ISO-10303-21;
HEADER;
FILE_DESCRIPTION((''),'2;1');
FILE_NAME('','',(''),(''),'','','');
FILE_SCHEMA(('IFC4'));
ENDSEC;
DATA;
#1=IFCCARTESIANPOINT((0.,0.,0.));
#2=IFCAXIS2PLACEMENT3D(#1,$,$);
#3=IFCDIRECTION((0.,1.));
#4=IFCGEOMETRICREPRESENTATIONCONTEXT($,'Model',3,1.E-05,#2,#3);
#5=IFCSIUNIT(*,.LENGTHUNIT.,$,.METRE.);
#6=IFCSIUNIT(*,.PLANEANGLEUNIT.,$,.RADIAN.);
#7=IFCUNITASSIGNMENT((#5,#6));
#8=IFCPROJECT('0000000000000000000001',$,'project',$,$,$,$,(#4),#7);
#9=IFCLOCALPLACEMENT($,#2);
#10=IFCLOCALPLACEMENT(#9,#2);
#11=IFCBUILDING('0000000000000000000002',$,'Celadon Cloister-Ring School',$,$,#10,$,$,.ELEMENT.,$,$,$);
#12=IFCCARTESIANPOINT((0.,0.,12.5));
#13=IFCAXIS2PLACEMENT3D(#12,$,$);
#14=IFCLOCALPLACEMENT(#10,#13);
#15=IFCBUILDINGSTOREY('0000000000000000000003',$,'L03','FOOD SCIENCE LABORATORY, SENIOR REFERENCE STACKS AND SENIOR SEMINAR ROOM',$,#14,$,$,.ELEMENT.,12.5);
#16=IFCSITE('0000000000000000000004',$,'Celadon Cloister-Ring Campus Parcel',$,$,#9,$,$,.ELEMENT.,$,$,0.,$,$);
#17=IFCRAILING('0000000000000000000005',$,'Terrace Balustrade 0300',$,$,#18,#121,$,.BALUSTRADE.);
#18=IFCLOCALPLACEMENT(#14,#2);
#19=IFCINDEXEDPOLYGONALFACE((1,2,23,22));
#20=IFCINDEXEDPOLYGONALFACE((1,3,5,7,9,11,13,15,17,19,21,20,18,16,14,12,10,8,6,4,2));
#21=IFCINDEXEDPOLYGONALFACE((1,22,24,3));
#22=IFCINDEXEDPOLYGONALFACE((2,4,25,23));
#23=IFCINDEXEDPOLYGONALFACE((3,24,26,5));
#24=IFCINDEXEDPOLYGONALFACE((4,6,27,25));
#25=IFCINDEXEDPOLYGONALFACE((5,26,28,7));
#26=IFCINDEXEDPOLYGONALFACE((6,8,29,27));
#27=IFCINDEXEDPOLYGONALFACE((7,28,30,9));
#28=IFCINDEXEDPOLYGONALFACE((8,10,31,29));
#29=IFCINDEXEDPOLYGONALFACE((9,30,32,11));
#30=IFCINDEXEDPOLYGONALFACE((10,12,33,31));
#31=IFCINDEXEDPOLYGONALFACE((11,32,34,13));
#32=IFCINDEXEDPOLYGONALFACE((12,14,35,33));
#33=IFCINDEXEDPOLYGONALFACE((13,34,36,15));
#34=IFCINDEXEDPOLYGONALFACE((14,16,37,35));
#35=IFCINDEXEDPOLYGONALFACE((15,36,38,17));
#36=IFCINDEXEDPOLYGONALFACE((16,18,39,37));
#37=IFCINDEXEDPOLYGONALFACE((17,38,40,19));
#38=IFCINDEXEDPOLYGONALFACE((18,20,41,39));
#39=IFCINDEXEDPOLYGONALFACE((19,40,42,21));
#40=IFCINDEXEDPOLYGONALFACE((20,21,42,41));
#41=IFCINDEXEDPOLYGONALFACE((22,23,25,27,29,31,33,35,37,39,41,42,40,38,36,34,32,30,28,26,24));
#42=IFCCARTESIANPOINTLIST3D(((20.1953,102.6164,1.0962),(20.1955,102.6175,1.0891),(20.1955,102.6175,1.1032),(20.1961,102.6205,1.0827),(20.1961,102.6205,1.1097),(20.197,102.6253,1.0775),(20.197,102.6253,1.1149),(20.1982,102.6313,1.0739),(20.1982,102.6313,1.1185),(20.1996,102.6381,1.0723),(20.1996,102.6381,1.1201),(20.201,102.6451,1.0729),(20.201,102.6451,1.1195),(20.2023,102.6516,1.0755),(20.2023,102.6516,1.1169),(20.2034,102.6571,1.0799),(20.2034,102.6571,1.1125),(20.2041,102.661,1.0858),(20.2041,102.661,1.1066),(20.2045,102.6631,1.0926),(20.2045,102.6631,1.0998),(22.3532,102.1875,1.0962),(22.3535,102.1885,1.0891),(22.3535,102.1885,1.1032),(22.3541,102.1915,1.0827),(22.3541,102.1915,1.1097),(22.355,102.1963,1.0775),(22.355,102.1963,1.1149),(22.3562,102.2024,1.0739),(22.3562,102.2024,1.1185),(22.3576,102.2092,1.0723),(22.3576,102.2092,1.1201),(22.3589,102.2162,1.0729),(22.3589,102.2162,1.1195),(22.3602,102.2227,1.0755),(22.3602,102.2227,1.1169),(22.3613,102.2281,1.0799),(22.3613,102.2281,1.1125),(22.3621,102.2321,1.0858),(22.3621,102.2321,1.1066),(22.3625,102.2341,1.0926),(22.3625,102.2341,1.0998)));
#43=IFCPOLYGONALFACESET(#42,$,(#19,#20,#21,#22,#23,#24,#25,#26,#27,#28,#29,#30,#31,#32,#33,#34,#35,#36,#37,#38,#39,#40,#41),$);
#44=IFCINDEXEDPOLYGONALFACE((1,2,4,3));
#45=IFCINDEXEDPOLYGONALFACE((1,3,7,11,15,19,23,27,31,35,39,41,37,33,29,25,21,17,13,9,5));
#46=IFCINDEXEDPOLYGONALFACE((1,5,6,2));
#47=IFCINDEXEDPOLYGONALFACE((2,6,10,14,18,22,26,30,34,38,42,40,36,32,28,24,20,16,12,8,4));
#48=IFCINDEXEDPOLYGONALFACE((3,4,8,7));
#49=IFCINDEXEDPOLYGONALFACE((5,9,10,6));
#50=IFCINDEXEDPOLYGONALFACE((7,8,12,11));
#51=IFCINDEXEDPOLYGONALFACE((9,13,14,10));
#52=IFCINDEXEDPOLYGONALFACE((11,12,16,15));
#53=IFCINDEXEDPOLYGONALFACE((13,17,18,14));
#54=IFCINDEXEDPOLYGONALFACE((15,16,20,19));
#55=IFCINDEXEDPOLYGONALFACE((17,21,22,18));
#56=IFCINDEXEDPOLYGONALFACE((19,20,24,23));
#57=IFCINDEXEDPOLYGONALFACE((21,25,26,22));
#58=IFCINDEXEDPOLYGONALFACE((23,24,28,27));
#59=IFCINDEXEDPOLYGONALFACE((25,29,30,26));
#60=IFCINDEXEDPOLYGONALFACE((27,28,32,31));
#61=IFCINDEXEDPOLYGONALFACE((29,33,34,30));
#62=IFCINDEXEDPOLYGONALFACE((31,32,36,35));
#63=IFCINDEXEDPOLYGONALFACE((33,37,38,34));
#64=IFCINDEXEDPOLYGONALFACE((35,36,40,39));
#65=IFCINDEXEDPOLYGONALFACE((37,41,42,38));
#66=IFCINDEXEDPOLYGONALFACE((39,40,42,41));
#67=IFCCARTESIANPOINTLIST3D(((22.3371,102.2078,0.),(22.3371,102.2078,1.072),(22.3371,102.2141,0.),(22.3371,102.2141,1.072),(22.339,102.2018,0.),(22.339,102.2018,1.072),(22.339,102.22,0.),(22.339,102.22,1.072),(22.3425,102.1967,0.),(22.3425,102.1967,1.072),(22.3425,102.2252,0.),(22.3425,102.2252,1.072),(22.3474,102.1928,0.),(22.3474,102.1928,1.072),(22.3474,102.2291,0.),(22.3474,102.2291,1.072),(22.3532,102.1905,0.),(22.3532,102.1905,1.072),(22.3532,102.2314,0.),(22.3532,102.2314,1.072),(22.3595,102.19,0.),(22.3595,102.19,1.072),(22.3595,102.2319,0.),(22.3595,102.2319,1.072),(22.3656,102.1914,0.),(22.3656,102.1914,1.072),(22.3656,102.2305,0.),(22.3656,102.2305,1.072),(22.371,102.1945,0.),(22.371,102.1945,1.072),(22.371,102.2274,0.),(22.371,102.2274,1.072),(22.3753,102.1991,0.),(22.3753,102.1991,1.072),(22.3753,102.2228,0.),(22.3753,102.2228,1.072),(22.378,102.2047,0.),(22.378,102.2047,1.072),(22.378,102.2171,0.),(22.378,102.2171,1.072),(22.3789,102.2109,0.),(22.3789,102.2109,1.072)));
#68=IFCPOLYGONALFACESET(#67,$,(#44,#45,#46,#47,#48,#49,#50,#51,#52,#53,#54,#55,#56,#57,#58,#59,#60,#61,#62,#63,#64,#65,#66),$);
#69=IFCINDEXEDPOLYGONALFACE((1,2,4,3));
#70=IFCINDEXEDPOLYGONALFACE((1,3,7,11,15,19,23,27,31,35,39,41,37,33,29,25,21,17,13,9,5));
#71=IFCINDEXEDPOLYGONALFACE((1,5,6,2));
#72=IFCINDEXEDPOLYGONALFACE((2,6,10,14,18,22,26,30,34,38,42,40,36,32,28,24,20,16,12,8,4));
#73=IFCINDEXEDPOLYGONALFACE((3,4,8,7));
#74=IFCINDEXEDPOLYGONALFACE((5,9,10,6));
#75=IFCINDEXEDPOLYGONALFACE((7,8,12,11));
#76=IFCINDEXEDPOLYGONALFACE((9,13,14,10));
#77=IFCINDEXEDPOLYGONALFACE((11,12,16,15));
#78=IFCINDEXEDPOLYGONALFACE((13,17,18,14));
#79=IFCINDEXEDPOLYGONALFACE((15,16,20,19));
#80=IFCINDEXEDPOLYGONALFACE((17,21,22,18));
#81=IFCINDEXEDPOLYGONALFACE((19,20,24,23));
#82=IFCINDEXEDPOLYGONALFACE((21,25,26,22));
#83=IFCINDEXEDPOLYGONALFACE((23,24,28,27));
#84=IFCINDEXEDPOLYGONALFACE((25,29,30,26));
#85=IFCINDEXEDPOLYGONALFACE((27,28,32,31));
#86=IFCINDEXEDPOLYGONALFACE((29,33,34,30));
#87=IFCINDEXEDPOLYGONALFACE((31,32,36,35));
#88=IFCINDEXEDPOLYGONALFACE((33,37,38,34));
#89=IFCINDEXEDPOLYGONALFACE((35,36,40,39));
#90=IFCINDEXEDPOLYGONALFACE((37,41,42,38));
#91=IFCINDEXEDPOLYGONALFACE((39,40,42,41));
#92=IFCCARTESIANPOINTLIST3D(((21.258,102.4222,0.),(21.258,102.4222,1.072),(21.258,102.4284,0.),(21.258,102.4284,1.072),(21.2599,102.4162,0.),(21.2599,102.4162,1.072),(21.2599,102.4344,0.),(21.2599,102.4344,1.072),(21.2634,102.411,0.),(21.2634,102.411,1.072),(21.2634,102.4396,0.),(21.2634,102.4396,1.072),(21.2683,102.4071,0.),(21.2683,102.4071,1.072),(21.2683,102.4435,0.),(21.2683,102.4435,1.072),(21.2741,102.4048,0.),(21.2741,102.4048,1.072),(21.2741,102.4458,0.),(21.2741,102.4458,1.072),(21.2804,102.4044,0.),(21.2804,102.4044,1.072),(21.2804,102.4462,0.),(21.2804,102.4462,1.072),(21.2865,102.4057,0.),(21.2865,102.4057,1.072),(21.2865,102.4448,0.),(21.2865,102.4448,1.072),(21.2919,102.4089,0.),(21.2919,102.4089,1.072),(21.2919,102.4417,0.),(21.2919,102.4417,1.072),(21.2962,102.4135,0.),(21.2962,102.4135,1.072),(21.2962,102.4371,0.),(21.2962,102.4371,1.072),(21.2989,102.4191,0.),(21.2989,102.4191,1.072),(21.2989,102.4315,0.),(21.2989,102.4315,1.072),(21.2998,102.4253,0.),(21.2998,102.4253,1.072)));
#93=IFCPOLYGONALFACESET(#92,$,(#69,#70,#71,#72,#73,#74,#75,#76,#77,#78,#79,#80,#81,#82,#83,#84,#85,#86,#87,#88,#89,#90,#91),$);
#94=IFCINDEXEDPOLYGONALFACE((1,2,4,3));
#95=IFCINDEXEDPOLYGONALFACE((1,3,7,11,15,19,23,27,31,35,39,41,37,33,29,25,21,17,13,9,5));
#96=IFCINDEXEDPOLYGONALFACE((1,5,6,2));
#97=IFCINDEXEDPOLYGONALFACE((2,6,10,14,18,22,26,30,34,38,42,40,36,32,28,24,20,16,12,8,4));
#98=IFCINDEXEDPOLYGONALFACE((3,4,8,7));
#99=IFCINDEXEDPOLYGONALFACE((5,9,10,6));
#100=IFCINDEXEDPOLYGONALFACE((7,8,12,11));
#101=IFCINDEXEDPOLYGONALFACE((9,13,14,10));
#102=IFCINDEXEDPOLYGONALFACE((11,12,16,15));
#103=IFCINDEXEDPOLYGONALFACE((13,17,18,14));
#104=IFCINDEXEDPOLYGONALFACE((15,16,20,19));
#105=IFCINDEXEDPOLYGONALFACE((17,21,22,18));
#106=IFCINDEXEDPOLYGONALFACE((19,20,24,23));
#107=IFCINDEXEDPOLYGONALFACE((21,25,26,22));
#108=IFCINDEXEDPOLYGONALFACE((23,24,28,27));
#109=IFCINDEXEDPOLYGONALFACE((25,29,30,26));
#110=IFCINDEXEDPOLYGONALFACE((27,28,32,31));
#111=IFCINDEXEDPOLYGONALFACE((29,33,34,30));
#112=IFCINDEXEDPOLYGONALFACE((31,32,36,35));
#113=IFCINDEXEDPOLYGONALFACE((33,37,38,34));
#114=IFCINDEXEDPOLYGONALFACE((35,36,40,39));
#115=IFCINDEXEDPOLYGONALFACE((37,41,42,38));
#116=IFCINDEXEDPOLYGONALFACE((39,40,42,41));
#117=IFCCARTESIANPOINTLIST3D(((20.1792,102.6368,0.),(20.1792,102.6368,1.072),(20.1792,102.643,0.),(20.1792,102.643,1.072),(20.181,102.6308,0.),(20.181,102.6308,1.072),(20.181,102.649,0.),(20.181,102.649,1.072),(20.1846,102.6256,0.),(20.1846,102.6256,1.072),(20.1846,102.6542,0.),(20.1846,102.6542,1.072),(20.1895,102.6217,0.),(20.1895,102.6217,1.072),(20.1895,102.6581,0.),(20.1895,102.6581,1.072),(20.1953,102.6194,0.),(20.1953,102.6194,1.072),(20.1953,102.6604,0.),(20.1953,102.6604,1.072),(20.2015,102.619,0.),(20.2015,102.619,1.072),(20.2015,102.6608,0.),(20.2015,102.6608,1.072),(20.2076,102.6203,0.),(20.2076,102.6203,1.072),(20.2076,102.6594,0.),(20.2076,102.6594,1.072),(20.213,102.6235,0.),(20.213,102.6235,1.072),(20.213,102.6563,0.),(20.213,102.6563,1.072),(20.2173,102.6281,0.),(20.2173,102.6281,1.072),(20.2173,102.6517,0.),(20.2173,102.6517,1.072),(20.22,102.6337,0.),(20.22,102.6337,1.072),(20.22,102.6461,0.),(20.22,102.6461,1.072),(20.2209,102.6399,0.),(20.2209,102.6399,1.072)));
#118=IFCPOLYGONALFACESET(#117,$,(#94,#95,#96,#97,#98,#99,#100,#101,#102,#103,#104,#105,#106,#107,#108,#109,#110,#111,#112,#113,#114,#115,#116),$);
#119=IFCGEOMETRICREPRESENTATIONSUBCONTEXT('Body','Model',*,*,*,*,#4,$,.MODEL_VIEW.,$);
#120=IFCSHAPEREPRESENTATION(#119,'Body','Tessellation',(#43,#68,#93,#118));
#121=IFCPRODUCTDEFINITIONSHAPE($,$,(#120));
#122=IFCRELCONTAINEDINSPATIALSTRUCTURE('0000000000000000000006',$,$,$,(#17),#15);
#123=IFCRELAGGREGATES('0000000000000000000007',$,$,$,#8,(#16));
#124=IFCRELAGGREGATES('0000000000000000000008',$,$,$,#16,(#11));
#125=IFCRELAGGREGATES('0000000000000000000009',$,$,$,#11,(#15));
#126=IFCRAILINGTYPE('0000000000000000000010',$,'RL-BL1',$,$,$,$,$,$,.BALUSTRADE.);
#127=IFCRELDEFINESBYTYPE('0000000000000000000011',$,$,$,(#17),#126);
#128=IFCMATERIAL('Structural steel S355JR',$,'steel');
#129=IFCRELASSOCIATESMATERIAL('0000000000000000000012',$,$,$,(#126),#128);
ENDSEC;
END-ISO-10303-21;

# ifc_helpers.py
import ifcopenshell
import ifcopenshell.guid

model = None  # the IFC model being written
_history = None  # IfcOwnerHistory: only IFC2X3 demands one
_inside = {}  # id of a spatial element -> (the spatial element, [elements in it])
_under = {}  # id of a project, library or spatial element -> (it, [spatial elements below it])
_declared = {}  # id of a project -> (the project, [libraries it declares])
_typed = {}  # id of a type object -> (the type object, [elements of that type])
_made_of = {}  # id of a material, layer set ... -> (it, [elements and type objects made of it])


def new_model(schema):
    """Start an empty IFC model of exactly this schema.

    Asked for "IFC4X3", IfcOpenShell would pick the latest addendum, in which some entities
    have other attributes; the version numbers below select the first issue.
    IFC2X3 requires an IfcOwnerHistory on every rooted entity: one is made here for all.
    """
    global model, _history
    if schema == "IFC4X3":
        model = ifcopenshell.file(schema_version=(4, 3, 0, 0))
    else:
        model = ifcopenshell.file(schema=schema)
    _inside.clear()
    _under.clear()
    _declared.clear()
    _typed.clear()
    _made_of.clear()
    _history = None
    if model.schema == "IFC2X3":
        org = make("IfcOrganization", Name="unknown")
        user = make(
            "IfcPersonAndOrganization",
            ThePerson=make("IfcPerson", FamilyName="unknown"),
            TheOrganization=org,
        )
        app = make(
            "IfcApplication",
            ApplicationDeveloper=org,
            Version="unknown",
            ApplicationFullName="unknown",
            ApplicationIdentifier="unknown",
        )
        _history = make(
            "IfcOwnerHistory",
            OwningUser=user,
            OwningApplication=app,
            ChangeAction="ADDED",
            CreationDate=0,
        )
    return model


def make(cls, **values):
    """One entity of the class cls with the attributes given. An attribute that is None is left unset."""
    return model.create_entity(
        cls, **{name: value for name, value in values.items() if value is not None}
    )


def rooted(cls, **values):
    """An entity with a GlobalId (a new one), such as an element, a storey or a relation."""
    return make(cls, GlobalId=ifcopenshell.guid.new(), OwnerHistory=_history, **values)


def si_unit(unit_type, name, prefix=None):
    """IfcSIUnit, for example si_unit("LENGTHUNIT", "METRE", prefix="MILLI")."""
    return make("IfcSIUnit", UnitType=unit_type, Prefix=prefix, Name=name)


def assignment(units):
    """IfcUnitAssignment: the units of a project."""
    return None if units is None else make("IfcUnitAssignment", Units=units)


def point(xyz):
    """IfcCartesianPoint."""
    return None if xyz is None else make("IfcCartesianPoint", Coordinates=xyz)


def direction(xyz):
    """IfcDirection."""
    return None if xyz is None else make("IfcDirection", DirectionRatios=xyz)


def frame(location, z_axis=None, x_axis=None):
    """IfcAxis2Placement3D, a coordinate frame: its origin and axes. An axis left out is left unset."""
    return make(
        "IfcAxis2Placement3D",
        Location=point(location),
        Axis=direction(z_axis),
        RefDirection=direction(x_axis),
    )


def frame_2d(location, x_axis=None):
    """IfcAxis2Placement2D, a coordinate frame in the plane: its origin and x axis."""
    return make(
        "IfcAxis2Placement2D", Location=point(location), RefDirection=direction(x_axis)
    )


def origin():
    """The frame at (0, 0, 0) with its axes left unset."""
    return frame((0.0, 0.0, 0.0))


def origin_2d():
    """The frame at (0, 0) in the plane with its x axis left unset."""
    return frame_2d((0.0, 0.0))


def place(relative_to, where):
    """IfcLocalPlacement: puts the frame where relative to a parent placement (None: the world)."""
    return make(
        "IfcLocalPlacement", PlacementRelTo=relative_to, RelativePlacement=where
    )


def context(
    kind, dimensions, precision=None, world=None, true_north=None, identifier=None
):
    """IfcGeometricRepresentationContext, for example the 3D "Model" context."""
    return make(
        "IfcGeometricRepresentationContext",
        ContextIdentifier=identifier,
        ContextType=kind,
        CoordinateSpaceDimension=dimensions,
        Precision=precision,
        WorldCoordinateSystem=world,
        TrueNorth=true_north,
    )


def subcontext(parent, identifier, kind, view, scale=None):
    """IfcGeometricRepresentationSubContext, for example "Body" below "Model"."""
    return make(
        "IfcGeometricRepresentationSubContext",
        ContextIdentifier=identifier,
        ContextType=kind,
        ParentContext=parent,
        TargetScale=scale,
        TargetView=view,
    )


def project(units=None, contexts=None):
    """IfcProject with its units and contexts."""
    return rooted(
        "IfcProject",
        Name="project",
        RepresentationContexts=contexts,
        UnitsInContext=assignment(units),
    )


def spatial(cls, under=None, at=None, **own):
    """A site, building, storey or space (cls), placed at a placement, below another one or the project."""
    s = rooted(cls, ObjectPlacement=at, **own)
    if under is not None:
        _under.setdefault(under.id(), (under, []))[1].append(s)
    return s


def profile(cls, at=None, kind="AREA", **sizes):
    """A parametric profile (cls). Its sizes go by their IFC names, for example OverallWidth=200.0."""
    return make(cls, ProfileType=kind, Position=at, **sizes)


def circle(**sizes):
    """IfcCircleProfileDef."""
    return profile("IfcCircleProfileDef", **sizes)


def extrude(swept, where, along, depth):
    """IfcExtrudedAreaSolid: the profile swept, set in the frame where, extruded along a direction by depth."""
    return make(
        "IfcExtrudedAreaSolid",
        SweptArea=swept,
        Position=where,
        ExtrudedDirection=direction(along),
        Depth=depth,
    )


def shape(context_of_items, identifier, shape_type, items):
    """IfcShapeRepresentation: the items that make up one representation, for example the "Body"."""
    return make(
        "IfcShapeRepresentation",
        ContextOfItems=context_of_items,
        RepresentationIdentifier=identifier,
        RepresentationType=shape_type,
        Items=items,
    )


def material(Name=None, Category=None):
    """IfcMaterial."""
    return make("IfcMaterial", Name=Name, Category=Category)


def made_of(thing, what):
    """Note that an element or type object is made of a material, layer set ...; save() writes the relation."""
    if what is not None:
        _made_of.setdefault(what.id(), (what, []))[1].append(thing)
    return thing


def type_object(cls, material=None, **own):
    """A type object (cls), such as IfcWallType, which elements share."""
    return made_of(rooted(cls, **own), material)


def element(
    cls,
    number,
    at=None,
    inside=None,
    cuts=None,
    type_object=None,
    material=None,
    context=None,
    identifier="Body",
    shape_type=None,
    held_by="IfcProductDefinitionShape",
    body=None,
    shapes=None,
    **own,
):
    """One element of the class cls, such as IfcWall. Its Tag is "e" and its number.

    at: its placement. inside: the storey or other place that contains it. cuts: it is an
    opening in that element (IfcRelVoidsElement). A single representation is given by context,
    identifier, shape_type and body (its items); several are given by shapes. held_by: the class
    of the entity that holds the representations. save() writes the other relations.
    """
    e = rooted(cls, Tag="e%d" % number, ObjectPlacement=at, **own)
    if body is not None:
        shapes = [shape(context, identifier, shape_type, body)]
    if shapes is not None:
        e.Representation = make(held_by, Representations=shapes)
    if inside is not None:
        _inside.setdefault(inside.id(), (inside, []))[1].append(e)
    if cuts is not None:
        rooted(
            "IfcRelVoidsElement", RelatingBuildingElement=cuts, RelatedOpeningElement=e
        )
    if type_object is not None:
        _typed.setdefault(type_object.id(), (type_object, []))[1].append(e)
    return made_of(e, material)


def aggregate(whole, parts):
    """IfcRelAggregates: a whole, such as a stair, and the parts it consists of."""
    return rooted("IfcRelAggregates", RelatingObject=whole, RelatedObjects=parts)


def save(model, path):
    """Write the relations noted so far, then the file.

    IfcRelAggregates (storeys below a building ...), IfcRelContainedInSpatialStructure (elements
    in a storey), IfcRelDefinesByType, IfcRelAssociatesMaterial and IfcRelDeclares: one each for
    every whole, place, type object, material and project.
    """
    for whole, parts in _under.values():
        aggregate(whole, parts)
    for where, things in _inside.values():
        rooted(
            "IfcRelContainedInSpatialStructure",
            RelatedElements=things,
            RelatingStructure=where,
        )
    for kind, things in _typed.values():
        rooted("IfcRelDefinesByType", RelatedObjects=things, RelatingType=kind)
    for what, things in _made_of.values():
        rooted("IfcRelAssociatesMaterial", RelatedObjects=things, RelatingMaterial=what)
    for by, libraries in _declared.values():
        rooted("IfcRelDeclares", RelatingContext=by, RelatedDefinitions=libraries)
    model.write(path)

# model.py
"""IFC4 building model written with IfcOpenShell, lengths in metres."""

from ifc_helpers import new_model, si_unit, direction, frame, origin, origin_2d, place, context, subcontext, project, spatial, circle, extrude, material, type_object, element, save


model = new_model("IFC4")

# Units and contexts
model_context = context("Model", 3, precision=1e-05, world=origin(), true_north=direction((0.0, 1.0)))
body_context = subcontext(model_context, "Body", "Model", "MODEL_VIEW")
ifc_project = project(units=[si_unit("LENGTHUNIT", "METRE"), si_unit("PLANEANGLEUNIT", "RADIAN")], contexts=[model_context])

# Site, building, storey
site_placement = place(None, origin())
site = spatial("IfcSite", under=ifc_project, at=site_placement, Name="Celadon Cloister-Ring Campus Parcel", CompositionType="ELEMENT", RefElevation=0.0)
building_placement = place(site_placement, origin())
building = spatial("IfcBuilding", under=site, at=building_placement, Name="Celadon Cloister-Ring School", CompositionType="ELEMENT")
storey_placement = place(building_placement, frame((0.0, 0.0, 12.5)))
storey = spatial("IfcBuildingStorey", under=building, at=storey_placement, Name="L03", Description="FOOD SCIENCE LABORATORY, SENIOR REFERENCE STACKS AND SENIOR SEMINAR ROOM", CompositionType="ELEMENT", Elevation=12.5)

# Railing
ifc_material_1 = material(Name="Structural steel S355JR", Category="steel")
railing_type = type_object("IfcRailingType", Name="RL-BL1", PredefinedType="BALUSTRADE", material=ifc_material_1)
railing_1_placement = place(storey_placement, frame((22.3579, 102.2109, 0.0)))
element("IfcRailing", 1, at=railing_1_placement, inside=storey, type_object=railing_type, Name="Terrace Balustrade 0300", PredefinedType="BALUSTRADE", context=body_context, shape_type="SweptSolid", body=[
    extrude(circle(Radius=0.0239, at=origin_2d()), frame((0.0, 0.0, 1.0962), z_axis=(-0.98081, 0.194964, 0.0), x_axis=(-0.194964, -0.98081, 0.0)), (0.0, 0.0, 1.0), 2.2002),
    extrude(circle(Radius=0.021, at=origin_2d()), origin(), (0.0, 0.0, 1.0), 1.072),
    extrude(circle(Radius=0.021, at=origin_2d()), frame((-1.0791, 0.2144, 0.0)), (0.0, 0.0, 1.0), 1.072),
    extrude(circle(Radius=0.021, at=origin_2d()), frame((-2.158, 0.429, 0.0)), (0.0, 0.0, 1.0), 1.072),
])

save(model, "model.ifc")
